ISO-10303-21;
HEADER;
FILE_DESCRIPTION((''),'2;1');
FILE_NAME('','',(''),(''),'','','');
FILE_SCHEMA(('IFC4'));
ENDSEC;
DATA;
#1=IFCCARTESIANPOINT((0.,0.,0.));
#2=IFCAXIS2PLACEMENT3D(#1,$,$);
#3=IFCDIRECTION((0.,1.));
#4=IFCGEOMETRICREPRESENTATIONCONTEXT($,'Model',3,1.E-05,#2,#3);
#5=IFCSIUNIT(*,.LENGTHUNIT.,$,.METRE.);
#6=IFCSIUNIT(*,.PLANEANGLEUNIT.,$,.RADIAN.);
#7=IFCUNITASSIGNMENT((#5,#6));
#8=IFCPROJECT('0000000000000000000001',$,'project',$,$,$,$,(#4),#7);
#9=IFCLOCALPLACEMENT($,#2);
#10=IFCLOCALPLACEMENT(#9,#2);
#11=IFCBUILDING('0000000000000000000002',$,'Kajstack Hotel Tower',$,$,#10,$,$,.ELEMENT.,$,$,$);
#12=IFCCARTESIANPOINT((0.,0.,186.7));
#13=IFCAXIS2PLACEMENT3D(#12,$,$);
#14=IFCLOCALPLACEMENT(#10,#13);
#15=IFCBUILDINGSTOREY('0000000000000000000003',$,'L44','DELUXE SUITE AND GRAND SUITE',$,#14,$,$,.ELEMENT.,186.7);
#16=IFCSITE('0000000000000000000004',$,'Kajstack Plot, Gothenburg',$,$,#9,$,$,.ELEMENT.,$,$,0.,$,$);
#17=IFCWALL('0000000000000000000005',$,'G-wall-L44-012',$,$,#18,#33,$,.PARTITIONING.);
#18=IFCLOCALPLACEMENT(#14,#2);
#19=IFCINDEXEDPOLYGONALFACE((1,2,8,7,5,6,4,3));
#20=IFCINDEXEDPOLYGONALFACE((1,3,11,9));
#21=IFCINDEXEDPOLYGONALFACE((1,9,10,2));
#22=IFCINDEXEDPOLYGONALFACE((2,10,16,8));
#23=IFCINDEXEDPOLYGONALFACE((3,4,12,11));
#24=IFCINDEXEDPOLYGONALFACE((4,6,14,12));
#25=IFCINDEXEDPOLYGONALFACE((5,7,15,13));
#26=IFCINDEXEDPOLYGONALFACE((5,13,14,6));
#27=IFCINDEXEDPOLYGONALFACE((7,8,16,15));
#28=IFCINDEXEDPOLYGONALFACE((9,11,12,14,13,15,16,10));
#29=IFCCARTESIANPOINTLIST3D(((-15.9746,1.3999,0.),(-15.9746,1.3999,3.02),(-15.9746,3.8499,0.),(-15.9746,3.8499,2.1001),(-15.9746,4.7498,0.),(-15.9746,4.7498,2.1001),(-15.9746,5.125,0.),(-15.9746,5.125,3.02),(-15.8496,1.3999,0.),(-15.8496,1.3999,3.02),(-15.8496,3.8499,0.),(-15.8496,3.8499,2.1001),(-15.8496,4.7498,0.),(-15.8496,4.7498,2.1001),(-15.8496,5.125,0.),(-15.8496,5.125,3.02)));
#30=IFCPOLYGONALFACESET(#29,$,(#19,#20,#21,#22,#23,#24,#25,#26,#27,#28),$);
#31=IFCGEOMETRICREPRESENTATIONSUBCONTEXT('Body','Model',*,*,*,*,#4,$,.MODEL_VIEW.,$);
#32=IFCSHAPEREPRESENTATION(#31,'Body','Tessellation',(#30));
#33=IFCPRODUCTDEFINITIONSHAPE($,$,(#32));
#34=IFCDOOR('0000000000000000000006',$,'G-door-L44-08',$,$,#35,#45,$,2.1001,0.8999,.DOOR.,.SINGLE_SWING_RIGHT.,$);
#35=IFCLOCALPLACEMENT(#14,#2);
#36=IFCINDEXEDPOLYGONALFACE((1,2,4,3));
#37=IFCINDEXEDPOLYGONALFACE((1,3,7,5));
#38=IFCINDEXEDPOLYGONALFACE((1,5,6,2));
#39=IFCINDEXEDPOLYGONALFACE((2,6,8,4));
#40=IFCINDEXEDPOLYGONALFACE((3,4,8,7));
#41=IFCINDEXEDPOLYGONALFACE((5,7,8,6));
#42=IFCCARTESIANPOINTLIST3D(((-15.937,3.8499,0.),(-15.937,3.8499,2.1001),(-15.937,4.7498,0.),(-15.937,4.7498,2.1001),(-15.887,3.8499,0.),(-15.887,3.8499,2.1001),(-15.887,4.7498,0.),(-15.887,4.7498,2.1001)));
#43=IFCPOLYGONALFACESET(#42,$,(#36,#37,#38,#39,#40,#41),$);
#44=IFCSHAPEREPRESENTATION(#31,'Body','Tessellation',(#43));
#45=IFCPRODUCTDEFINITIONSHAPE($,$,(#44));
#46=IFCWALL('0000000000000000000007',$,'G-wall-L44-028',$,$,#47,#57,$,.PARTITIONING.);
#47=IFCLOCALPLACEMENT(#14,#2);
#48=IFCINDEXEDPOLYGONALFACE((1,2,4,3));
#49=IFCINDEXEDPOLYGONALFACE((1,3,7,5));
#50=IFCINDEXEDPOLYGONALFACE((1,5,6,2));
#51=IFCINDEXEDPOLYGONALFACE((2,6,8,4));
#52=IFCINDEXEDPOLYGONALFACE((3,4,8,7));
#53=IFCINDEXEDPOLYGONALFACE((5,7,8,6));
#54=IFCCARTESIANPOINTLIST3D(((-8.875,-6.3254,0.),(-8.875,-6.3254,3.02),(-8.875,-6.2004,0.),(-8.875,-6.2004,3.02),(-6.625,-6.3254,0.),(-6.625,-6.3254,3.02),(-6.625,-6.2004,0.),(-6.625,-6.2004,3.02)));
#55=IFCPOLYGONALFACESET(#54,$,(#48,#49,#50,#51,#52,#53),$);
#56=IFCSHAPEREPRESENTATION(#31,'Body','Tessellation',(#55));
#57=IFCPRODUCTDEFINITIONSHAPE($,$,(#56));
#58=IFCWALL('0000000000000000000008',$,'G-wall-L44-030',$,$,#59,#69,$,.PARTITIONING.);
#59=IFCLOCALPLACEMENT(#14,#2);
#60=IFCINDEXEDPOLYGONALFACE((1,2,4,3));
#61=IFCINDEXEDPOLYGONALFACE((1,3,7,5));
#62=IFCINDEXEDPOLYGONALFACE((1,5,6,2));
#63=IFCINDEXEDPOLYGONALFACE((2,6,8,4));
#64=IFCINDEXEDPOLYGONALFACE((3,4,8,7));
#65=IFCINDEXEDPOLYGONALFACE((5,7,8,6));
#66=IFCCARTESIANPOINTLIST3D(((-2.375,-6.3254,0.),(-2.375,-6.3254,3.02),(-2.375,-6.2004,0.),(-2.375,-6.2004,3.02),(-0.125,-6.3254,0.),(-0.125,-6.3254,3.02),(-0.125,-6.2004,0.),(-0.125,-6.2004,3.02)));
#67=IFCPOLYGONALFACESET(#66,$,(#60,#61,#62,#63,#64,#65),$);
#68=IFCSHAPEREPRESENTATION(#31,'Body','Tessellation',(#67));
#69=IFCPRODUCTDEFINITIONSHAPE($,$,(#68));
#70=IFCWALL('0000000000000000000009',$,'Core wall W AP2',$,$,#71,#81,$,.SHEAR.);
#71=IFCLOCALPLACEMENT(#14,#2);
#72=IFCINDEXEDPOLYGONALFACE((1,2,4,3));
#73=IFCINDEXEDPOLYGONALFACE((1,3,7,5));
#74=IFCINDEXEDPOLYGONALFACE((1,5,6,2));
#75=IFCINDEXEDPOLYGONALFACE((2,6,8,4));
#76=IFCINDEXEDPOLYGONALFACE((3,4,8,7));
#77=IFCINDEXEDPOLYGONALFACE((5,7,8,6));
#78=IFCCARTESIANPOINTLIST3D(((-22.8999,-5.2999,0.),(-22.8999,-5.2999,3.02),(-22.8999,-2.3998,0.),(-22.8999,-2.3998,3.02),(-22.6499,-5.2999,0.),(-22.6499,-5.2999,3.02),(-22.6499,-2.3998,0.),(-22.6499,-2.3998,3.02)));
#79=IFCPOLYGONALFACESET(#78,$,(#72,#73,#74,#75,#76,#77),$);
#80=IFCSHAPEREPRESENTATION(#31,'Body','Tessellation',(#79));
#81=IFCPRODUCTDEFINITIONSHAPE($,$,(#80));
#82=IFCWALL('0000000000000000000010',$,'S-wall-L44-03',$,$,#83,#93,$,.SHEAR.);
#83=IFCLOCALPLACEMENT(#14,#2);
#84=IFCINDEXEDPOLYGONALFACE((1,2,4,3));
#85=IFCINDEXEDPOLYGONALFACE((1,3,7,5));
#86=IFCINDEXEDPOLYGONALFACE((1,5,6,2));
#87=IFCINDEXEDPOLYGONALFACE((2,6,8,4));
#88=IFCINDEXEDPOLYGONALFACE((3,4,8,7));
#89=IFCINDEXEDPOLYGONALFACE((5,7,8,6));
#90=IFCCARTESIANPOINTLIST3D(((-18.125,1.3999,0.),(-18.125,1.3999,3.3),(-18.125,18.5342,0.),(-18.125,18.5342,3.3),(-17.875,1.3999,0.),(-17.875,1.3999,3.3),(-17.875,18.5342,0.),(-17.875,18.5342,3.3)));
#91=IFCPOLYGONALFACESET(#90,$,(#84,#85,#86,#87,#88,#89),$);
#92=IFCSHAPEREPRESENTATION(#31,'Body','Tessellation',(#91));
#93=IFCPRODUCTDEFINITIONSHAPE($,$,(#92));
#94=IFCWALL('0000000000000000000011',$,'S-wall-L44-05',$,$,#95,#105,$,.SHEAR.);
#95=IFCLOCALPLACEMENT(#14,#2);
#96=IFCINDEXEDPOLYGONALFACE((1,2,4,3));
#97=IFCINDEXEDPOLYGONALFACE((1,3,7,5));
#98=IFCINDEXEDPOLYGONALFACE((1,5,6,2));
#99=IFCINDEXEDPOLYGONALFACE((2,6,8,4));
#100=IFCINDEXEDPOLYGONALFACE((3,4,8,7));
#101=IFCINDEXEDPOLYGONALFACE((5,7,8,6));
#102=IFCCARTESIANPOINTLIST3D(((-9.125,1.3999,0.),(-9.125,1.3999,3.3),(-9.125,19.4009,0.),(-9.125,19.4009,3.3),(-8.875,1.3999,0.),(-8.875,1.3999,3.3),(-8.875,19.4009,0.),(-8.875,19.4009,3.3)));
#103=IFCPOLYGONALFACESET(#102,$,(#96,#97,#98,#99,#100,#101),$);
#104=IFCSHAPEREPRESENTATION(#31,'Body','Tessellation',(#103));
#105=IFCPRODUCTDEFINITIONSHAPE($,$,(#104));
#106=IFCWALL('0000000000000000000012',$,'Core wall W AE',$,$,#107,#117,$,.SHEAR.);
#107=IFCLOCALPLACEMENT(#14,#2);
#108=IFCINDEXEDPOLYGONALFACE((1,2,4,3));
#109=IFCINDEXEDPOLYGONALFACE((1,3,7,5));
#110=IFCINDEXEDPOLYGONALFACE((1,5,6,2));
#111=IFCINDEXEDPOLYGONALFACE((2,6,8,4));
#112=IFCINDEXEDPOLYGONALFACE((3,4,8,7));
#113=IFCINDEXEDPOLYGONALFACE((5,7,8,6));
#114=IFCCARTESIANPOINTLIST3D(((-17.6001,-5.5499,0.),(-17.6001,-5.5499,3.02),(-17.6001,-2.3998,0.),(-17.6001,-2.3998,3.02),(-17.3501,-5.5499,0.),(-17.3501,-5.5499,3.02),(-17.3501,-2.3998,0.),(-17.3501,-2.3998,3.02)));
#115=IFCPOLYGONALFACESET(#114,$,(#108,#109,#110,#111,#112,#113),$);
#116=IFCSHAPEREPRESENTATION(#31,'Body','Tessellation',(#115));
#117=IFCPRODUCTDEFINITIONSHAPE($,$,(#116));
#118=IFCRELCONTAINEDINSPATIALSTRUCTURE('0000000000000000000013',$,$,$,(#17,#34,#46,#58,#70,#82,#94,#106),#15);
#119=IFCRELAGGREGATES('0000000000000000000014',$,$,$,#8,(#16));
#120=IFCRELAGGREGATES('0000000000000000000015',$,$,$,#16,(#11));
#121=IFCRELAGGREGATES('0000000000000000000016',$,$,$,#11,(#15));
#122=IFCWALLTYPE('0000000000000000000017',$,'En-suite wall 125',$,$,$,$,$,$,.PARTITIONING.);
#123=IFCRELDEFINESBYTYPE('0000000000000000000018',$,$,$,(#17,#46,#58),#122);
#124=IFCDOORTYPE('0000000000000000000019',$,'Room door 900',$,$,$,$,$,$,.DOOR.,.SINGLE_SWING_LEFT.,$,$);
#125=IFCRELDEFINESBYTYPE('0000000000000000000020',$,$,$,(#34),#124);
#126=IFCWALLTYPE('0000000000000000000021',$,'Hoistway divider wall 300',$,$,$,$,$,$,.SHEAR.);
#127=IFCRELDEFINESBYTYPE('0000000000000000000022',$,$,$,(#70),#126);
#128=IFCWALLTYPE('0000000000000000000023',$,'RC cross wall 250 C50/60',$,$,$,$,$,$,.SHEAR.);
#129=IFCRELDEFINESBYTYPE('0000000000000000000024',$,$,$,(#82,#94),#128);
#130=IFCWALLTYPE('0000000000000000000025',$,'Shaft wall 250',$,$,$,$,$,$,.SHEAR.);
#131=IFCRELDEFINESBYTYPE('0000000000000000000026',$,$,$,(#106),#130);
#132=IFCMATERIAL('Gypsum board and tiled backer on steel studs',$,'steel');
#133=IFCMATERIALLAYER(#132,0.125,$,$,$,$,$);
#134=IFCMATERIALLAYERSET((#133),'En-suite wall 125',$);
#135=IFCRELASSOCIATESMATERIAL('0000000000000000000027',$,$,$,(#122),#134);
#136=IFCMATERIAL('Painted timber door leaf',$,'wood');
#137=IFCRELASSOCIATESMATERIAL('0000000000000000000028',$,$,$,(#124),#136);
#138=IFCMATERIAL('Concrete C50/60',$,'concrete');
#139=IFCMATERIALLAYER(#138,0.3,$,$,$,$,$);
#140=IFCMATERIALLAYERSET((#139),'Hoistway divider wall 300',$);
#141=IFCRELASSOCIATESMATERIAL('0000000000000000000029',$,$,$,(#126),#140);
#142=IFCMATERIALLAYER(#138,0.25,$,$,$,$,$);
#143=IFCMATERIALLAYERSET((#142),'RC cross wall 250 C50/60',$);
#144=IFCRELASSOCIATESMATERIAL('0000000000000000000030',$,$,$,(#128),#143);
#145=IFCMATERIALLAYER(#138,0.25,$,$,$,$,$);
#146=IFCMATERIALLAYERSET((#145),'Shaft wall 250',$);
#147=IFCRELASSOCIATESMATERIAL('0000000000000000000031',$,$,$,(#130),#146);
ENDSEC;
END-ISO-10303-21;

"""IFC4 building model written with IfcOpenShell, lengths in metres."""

from ifc_helpers import new_model, si_unit, direction, frame, frame_2d, origin, place, context, subcontext, project, spatial, rectangle, extrude, material, layer, layer_set, type_object, element, fill, save


model = new_model("IFC4")

# Units and contexts
model_context = context("Model", 3, precision=1e-05, world=origin(), true_north=direction((0.0, 1.0)))
body_context = subcontext(model_context, "Body", "Model", "MODEL_VIEW")
ifc_project = project(units=[si_unit("LENGTHUNIT", "METRE"), si_unit("PLANEANGLEUNIT", "RADIAN")], contexts=[model_context])

# Site, building, storey
site_placement = place(None, origin())
site = spatial("IfcSite", under=ifc_project, at=site_placement, Name="Kajstack Plot, Gothenburg", CompositionType="ELEMENT", RefElevation=0.0)
building_placement = place(site_placement, origin())
building = spatial("IfcBuilding", under=site, at=building_placement, Name="Kajstack Hotel Tower", CompositionType="ELEMENT")
storey_placement = place(building_placement, frame((0.0, 0.0, 186.7)))
storey = spatial("IfcBuildingStorey", under=building, at=storey_placement, Name="L44", Description="DELUXE SUITE AND GRAND SUITE", CompositionType="ELEMENT", Elevation=186.7)

# Wall, opening, door
ifc_material_1 = material(Name="Gypsum board and tiled backer on steel studs", Category="steel")
ifc_layer_1 = layer(ifc_material_1, 0.125)
ifc_layer_set_1 = layer_set([ifc_layer_1], Name="En-suite wall 125")
wall_type_1 = type_object("IfcWallType", Name="En-suite wall 125", PredefinedType="PARTITIONING", material=ifc_layer_set_1)
ifc_material_2 = material(Name="Painted timber door leaf", Category="wood")
door_type_1 = type_object("IfcDoorType", Name="Room door 900", OperationType="SINGLE_SWING_LEFT", PredefinedType="DOOR", material=ifc_material_2)
wall_1_placement = place(storey_placement, frame((-15.9121, 1.3999, 0.0), z_axis=(0.0, 0.0, 1.0), x_axis=(0.0, 1.0, 0.0)))
wall_1 = element("IfcWall", 1, at=wall_1_placement, inside=storey, type_object=wall_type_1, Name="G-wall-L44-012", PredefinedType="PARTITIONING", context=body_context, shape_type="SweptSolid", body=[
    extrude(rectangle(XDim=3.7251, YDim=0.125, at=frame_2d((1.8625, 0.0))), origin(), (0.0, 0.0, 1.0), 3.02),
])
opening_1_placement = place(wall_1_placement, frame((2.45, 0.0, 0.0)))
opening_1 = element("IfcOpeningElement", 2, at=opening_1_placement, cuts=wall_1, PredefinedType="OPENING", context=body_context, shape_type="SweptSolid", body=[
    extrude(rectangle(XDim=0.8999, YDim=2.1001, at=frame_2d((0.45, 1.05))), frame((0.0, 0.0725, 0.0), z_axis=(0.0, -1.0, 0.0), x_axis=(1.0, 0.0, 0.0)), (0.0, 0.0, 1.0), 0.145),
])
door_1_placement = place(opening_1_placement, origin())
door_1 = element("IfcDoor", 3, at=door_1_placement, inside=storey, type_object=door_type_1, Name="G-door-L44-08", OperationType="SINGLE_SWING_RIGHT", OverallHeight=2.1001, OverallWidth=0.8999, PredefinedType="DOOR", context=body_context, shape_type="SweptSolid", body=[
    extrude(rectangle(XDim=0.8999, YDim=2.1001, at=frame_2d((0.45, 1.05))), frame((0.0, 0.0249, 0.0), z_axis=(0.0, -1.0, 0.0), x_axis=(1.0, 0.0, 0.0)), (0.0, 0.0, 1.0), 0.05),
])
fill(opening_1, door_1)

# Walls
for number, where, z_axis, x_axis, name in (
    (4, (-8.875, -6.2629, 0.0), (0.0, 0.0, 1.0), (1.0, 0.0, 0.0), "G-wall-L44-028"),
    (5, (-2.375, -6.2629, 0.0), (0.0, 0.0, 1.0), (1.0, 0.0, 0.0), "G-wall-L44-030"),
):
    element("IfcWall", number, at=place(storey_placement, frame(where, z_axis=z_axis, x_axis=x_axis)), inside=storey, type_object=wall_type_1, Name=name, PredefinedType="PARTITIONING", context=body_context, shape_type="SweptSolid", body=[
        extrude(rectangle(XDim=2.25, YDim=0.125, at=frame_2d((1.125, 0.0))), origin(), (0.0, 0.0, 1.0), 3.02),
    ])
ifc_material_3 = material(Name="Concrete C50/60", Category="concrete")
ifc_layer_2 = layer(ifc_material_3, 0.3)
ifc_layer_set_2 = layer_set([ifc_layer_2], Name="Hoistway divider wall 300")
wall_type_2 = type_object("IfcWallType", Name="Hoistway divider wall 300", PredefinedType="SHEAR", material=ifc_layer_set_2)
wall_2_placement = place(storey_placement, frame((-22.7749, -5.3, 0.0), z_axis=(0.0, 0.0, 1.0), x_axis=(0.0, 1.0, 0.0)))
element("IfcWall", 6, at=wall_2_placement, inside=storey, type_object=wall_type_2, Name="Core wall W AP2", PredefinedType="SHEAR", context=body_context, shape_type="SweptSolid", body=[
    extrude(rectangle(XDim=2.9001, YDim=0.25, at=frame_2d((1.4502, 0.0))), origin(), (0.0, 0.0, 1.0), 3.02),
])
ifc_layer_3 = layer(ifc_material_3, 0.25)
ifc_layer_set_3 = layer_set([ifc_layer_3], Name="RC cross wall 250 C50/60")
wall_type_3 = type_object("IfcWallType", Name="RC cross wall 250 C50/60", PredefinedType="SHEAR", material=ifc_layer_set_3)
wall_3_placement = place(storey_placement, frame((-18.0, 1.3999, 0.0), z_axis=(0.0, 0.0, 1.0), x_axis=(0.0, 1.0, 0.0)))
element("IfcWall", 7, at=wall_3_placement, inside=storey, type_object=wall_type_3, Name="S-wall-L44-03", PredefinedType="SHEAR", context=body_context, shape_type="SweptSolid", body=[
    extrude(rectangle(XDim=17.1343, YDim=0.25, at=frame_2d((8.5671, 0.0))), origin(), (0.0, 0.0, 1.0), 3.3),
])
wall_4_placement = place(storey_placement, frame((-9.0, 1.3999, 0.0), z_axis=(0.0, 0.0, 1.0), x_axis=(0.0, 1.0, 0.0)))
element("IfcWall", 8, at=wall_4_placement, inside=storey, type_object=wall_type_3, Name="S-wall-L44-05", PredefinedType="SHEAR", context=body_context, shape_type="SweptSolid", body=[
    extrude(rectangle(XDim=18.001, YDim=0.25, at=frame_2d((9.0005, 0.0))), origin(), (0.0, 0.0, 1.0), 3.3),
])
ifc_layer_4 = layer(ifc_material_3, 0.25)
ifc_layer_set_4 = layer_set([ifc_layer_4], Name="Shaft wall 250")
wall_type_4 = type_object("IfcWallType", Name="Shaft wall 250", PredefinedType="SHEAR", material=ifc_layer_set_4)
wall_5_placement = place(storey_placement, frame((-17.4751, -5.55, 0.0), z_axis=(0.0, 0.0, 1.0), x_axis=(0.0, 1.0, 0.0)))
element("IfcWall", 9, at=wall_5_placement, inside=storey, type_object=wall_type_4, Name="Core wall W AE", PredefinedType="SHEAR", context=body_context, shape_type="SweptSolid", body=[
    extrude(rectangle(XDim=3.1501, YDim=0.25, at=frame_2d((1.5752, 0.0))), origin(), (0.0, 0.0, 1.0), 3.02),
])

save(model, "model.ifc")
